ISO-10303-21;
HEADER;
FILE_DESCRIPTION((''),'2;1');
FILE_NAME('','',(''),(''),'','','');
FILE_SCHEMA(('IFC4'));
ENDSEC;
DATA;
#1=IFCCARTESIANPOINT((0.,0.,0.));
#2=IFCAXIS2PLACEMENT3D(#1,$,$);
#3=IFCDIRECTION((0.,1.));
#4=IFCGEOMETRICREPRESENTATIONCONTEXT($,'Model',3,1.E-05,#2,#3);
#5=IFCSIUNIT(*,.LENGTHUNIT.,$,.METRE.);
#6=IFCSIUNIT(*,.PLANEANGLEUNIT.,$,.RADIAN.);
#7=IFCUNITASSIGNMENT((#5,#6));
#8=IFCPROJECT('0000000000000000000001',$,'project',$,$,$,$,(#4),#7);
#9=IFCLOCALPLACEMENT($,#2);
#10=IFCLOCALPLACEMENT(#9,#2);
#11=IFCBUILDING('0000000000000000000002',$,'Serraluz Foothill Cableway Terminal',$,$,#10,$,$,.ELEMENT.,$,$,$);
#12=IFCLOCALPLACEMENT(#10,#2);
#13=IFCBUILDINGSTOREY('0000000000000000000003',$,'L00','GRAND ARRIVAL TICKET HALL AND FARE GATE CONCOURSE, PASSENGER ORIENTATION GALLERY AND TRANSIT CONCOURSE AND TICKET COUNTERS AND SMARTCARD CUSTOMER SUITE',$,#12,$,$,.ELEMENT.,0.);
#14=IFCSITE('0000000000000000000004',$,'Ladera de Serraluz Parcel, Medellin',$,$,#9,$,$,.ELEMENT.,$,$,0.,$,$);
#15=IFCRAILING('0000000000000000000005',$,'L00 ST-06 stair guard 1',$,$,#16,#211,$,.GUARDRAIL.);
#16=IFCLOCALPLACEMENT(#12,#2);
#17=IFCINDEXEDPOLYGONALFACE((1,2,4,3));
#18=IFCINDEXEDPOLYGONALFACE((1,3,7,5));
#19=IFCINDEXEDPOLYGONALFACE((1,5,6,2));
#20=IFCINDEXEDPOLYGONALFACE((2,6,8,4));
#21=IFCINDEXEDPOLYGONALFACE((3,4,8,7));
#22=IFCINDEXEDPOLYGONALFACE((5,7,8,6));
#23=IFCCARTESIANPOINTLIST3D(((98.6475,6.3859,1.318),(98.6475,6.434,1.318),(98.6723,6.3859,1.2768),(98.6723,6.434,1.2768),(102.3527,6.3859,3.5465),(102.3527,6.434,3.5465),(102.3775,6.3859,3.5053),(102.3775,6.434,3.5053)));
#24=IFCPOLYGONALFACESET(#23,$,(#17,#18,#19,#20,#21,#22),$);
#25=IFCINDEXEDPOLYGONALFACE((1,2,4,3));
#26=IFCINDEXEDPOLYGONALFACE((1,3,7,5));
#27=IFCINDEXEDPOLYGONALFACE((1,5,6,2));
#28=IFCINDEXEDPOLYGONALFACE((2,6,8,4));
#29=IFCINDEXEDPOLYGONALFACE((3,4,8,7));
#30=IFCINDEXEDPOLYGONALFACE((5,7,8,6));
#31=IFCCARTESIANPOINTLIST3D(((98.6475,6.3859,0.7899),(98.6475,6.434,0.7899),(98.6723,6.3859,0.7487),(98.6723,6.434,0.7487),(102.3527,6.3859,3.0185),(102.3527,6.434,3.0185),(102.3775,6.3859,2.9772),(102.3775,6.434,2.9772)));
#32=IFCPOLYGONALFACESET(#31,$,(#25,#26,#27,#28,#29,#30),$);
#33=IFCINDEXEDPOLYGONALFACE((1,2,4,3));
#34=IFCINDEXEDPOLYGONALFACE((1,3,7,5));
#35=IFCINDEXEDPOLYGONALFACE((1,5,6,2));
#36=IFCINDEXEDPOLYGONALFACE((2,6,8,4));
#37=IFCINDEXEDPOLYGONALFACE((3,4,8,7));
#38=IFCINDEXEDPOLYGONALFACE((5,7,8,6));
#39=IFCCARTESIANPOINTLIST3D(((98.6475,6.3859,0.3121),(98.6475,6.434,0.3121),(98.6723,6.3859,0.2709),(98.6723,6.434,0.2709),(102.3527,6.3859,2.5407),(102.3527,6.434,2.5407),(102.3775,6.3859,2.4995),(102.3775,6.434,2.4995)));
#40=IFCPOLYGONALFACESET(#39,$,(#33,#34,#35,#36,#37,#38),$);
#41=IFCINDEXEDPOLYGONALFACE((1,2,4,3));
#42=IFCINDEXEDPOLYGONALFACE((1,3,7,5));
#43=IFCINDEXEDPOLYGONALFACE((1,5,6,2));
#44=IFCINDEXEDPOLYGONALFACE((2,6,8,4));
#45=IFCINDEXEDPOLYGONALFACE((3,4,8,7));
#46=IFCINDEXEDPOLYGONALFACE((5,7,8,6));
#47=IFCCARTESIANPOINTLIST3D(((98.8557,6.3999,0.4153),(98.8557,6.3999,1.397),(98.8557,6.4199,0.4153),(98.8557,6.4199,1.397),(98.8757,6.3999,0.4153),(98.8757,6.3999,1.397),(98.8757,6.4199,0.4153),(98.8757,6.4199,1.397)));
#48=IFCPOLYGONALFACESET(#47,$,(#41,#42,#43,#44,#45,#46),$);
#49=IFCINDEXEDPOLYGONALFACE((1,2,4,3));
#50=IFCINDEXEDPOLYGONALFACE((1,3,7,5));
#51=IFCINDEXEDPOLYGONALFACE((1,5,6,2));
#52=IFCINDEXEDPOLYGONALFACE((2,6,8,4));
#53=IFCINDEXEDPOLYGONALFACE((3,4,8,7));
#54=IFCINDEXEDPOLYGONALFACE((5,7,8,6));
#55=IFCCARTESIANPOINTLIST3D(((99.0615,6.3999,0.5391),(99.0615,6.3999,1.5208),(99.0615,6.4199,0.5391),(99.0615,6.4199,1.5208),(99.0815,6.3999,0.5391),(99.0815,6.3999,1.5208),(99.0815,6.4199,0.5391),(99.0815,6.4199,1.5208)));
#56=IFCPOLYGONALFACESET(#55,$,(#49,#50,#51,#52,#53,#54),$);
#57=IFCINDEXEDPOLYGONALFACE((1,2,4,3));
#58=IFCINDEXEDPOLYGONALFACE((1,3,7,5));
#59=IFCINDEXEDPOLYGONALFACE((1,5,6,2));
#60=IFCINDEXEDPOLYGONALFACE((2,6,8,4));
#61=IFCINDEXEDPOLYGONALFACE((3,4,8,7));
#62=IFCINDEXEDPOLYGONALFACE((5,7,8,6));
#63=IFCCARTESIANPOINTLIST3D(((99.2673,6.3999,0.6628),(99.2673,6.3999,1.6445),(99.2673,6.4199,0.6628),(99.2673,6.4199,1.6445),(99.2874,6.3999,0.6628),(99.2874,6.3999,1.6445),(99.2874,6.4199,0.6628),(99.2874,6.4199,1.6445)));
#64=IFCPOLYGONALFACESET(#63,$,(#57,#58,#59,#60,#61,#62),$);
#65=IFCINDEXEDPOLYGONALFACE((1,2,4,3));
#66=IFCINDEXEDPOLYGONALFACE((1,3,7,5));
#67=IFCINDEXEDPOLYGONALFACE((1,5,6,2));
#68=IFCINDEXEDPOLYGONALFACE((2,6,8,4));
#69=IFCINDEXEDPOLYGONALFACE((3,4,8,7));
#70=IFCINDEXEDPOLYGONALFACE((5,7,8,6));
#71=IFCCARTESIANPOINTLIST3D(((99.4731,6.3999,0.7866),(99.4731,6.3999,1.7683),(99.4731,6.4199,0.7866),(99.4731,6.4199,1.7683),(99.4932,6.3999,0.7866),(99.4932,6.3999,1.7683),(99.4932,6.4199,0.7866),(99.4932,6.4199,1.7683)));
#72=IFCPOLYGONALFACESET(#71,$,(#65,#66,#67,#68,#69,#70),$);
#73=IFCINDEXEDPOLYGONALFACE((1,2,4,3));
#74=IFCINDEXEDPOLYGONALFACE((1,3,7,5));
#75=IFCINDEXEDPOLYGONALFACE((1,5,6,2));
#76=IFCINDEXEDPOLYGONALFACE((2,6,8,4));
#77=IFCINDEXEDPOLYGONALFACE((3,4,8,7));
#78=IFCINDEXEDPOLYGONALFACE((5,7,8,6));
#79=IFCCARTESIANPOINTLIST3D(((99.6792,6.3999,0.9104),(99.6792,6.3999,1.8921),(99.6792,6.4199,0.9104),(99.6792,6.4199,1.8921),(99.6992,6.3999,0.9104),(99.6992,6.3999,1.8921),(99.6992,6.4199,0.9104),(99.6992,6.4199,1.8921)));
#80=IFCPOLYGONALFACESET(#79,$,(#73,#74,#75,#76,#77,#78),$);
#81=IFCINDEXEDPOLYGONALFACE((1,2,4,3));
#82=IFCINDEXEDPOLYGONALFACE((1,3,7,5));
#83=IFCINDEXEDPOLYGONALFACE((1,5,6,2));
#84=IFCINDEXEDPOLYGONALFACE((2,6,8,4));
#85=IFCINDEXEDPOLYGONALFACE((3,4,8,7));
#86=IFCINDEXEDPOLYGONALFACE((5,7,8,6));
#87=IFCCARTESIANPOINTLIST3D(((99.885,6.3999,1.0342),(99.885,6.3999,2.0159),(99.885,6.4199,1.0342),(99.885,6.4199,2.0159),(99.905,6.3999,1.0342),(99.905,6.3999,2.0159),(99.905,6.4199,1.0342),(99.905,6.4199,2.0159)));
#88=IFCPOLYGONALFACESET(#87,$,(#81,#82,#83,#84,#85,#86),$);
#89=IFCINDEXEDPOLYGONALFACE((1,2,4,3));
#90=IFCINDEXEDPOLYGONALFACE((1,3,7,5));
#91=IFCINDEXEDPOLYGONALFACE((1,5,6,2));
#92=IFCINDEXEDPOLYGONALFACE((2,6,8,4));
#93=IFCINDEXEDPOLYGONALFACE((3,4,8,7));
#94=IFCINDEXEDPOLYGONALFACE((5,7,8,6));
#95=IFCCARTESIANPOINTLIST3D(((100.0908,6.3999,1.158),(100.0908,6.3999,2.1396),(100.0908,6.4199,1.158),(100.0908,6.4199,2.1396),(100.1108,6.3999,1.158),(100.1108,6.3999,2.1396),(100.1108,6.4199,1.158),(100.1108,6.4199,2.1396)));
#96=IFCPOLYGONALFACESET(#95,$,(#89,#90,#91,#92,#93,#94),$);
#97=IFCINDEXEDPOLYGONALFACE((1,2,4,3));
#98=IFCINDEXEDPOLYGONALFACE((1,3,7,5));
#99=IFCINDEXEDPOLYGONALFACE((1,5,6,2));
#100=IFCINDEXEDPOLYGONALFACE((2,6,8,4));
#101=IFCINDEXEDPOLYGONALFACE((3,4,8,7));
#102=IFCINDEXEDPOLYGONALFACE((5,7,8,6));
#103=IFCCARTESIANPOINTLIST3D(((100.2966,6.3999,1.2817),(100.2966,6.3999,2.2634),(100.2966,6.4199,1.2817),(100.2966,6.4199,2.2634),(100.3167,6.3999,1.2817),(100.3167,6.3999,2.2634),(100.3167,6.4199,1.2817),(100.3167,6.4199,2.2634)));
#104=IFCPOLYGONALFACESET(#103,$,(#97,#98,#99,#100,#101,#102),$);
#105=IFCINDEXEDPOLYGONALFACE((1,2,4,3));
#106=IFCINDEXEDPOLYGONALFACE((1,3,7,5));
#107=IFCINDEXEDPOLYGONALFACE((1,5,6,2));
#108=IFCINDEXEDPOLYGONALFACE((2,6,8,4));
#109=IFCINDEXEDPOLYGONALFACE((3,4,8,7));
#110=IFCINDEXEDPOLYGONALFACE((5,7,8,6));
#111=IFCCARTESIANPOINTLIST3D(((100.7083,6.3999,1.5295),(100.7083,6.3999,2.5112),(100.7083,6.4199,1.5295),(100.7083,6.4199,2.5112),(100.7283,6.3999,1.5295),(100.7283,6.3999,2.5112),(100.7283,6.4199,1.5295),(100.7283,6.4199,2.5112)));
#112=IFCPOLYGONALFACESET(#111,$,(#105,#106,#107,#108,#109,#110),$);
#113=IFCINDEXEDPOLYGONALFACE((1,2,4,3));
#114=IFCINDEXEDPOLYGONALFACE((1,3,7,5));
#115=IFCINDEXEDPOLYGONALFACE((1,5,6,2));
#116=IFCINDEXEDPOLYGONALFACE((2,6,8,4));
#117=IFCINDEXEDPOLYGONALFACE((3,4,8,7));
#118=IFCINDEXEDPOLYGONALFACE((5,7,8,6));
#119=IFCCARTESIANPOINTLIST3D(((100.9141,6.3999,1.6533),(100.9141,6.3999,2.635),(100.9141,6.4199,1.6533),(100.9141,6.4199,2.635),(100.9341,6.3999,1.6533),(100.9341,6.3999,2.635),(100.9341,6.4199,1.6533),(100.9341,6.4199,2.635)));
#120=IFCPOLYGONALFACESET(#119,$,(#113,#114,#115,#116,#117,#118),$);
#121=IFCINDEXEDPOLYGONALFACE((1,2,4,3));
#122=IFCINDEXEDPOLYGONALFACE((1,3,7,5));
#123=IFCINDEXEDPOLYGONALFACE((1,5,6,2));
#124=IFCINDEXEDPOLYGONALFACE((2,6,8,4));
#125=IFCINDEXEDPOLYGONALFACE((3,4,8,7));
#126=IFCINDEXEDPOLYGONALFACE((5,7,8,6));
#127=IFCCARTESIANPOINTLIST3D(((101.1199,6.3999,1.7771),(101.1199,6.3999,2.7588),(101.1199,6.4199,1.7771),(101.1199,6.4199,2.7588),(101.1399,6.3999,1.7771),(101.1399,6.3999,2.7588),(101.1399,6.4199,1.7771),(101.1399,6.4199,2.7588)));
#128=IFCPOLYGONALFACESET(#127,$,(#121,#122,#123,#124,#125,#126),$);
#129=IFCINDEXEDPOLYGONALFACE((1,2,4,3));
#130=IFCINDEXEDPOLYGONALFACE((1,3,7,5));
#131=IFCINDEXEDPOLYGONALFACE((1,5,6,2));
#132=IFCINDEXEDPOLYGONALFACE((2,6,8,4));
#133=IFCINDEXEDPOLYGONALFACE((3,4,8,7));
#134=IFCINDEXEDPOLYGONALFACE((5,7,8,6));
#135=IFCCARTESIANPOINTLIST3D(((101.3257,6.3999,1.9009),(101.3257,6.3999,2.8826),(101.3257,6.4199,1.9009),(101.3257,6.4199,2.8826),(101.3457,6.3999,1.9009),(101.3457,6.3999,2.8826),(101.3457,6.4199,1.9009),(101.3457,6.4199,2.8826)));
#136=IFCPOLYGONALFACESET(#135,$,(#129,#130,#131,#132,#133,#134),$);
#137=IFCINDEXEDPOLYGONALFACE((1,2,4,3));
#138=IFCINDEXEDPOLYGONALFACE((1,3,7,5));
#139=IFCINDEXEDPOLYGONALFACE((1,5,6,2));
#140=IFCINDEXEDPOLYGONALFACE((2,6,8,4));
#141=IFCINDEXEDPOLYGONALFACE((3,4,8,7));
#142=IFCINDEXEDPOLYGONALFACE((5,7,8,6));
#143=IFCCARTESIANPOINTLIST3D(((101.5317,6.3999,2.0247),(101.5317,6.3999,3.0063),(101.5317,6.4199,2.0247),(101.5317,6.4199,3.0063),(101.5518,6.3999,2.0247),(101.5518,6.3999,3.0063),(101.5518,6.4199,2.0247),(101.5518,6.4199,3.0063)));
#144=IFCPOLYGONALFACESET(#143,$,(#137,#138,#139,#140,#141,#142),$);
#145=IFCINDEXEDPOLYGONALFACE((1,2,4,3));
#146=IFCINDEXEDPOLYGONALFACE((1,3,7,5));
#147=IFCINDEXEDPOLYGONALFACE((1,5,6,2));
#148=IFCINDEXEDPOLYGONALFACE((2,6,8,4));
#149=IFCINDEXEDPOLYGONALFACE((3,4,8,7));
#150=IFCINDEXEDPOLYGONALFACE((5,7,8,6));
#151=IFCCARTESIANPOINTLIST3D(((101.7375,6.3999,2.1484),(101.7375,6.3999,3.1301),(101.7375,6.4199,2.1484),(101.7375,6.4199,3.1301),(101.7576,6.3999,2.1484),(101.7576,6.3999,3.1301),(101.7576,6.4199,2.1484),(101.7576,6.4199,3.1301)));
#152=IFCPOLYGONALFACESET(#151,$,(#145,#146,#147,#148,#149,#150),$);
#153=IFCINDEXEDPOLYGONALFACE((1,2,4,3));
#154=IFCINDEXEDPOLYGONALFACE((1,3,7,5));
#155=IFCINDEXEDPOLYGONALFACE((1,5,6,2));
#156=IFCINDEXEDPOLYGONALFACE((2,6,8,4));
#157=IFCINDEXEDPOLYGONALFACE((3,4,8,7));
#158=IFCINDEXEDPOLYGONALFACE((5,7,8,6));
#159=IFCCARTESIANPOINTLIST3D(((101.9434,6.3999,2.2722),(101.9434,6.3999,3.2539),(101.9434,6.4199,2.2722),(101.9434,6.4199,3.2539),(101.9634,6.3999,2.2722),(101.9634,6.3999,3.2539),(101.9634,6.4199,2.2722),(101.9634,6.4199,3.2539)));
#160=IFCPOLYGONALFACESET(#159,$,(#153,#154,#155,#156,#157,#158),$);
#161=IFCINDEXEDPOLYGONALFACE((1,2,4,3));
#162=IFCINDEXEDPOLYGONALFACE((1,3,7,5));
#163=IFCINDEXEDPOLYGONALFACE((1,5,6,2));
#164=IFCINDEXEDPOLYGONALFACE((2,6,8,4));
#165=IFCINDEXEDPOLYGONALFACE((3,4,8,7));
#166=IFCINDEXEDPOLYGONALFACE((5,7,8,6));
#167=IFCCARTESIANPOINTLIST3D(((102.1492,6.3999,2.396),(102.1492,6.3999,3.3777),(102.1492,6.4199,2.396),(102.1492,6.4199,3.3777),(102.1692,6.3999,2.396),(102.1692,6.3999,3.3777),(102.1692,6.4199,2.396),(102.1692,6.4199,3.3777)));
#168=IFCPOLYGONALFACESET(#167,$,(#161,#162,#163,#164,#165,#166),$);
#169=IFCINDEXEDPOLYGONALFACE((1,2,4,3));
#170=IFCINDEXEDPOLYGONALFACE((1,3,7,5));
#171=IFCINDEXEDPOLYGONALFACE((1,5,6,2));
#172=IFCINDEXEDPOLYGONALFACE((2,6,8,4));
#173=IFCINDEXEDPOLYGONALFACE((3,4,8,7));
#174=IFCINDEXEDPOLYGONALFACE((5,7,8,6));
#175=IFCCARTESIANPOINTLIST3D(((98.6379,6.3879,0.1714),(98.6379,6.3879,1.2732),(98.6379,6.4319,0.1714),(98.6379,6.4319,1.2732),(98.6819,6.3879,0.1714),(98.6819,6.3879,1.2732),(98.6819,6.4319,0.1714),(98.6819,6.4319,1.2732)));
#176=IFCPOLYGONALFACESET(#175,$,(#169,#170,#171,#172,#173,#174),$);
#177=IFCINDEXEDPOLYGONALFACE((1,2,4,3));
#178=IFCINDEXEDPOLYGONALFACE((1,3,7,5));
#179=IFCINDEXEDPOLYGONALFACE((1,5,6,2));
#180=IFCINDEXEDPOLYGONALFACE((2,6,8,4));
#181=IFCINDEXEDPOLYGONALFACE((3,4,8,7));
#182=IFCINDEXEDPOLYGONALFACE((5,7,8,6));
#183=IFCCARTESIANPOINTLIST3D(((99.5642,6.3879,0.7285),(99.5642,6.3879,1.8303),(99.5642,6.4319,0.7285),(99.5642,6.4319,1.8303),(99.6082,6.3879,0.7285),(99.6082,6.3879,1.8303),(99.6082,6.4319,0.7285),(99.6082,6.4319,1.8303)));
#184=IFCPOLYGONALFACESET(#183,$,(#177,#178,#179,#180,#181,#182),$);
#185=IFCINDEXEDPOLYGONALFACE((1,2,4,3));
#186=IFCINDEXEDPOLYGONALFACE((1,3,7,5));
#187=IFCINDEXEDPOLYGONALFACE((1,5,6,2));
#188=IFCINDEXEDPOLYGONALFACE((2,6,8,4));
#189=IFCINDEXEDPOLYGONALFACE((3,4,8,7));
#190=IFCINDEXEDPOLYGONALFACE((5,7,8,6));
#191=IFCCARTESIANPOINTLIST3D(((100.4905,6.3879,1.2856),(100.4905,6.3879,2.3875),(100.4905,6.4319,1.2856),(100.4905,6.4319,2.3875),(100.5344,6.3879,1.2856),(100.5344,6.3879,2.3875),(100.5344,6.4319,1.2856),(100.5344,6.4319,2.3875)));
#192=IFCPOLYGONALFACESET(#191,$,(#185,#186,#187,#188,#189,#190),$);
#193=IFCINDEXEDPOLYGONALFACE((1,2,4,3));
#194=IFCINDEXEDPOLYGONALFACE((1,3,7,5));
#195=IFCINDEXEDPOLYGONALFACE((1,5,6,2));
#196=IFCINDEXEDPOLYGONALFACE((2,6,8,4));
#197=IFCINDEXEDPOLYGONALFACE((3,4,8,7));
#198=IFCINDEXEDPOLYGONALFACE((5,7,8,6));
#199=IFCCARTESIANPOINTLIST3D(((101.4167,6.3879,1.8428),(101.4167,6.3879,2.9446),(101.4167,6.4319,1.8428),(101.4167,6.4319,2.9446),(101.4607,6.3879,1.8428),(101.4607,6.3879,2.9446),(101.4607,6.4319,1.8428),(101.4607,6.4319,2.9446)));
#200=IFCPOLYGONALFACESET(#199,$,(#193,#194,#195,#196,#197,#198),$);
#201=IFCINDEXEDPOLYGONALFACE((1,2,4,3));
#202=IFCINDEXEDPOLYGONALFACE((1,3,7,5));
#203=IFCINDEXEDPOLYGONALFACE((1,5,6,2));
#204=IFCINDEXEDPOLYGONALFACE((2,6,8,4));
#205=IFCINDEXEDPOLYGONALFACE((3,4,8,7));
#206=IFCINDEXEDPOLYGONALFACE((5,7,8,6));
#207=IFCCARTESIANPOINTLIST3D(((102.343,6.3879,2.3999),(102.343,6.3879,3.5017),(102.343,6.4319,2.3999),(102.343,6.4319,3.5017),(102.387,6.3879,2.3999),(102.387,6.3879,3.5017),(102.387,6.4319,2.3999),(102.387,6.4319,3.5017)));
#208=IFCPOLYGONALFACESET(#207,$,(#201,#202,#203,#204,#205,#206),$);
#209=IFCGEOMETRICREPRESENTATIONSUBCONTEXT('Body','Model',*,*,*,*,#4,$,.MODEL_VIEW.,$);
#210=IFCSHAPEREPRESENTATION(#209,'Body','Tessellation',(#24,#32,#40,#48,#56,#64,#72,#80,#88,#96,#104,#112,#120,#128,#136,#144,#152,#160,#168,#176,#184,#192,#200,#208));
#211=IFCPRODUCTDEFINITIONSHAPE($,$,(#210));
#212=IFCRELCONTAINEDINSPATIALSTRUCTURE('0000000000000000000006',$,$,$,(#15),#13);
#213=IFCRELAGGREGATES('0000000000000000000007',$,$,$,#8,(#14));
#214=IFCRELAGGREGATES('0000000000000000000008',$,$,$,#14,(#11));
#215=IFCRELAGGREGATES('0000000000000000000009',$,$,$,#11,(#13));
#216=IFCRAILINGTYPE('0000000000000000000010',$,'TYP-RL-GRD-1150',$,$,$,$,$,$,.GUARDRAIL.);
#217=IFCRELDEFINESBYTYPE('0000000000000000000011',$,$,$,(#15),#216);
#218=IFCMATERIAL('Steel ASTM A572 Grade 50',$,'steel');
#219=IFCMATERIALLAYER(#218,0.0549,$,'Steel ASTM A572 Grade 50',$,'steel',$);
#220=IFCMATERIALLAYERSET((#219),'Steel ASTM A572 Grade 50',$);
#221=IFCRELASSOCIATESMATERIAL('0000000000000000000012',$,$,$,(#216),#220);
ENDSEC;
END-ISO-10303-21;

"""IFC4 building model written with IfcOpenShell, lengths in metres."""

from ifc_helpers import new_model, si_unit, direction, frame, origin, origin_2d, place, context, subcontext, project, spatial, rectangle, extrude, material, layer, layer_set, type_object, element, save


model = new_model("IFC4")

# Units and contexts
model_context = context("Model", 3, precision=1e-05, world=origin(), true_north=direction((0.0, 1.0)))
body_context = subcontext(model_context, "Body", "Model", "MODEL_VIEW")
ifc_project = project(units=[si_unit("LENGTHUNIT", "METRE"), si_unit("PLANEANGLEUNIT", "RADIAN")], contexts=[model_context])

# Site, building, storey
site_placement = place(None, origin())
site = spatial("IfcSite", under=ifc_project, at=site_placement, Name="Ladera de Serraluz Parcel, Medellin", CompositionType="ELEMENT", RefElevation=0.0)
building_placement = place(site_placement, origin())
building = spatial("IfcBuilding", under=site, at=building_placement, Name="Serraluz Foothill Cableway Terminal", CompositionType="ELEMENT")
storey_placement = place(building_placement, origin())
storey = spatial("IfcBuildingStorey", under=building, at=storey_placement, Name="L00", Description="GRAND ARRIVAL TICKET HALL AND FARE GATE CONCOURSE, PASSENGER ORIENTATION GALLERY AND TRANSIT CONCOURSE AND TICKET COUNTERS AND SMARTCARD CUSTOMER SUITE", CompositionType="ELEMENT", Elevation=0.0)

# Railing
ifc_material_1 = material(Name="Steel ASTM A572 Grade 50", Category="steel")
ifc_layer_1 = layer(ifc_material_1, 0.0549, Name="Steel ASTM A572 Grade 50", Category="steel")
ifc_layer_set_1 = layer_set([ifc_layer_1], Name="Steel ASTM A572 Grade 50")
railing_type_1 = type_object("IfcRailingType", Name="TYP-RL-GRD-1150", PredefinedType="GUARDRAIL", material=ifc_layer_set_1)
railing_1_placement = place(storey_placement, frame((98.6599, 6.4099, 0.1714)))
element("IfcRailing", 1, at=railing_1_placement, inside=storey, type_object=railing_type_1, Name="L00 ST-06 stair guard 1", PredefinedType="GUARDRAIL", context=body_context, shape_type="SweptSolid", body=[
    extrude(rectangle(XDim=0.0481, YDim=0.0481, at=origin_2d()), frame((0.0, 0.0, 1.126), z_axis=(0.856934, 0.0, 0.515425), x_axis=(0.0, 1.0, 0.0)), (0.0, 0.0, 1.0), 4.3237),
    extrude(rectangle(XDim=0.0481, YDim=0.0481, at=origin_2d()), frame((0.0, 0.0, 0.5979), z_axis=(0.856934, 0.0, 0.515425), x_axis=(0.0, 1.0, 0.0)), (0.0, 0.0, 1.0), 4.3237),
    extrude(rectangle(XDim=0.0481, YDim=0.0481, at=origin_2d()), frame((0.0, 0.0, 0.1201), z_axis=(0.856934, 0.0, 0.515425), x_axis=(0.0, 1.0, 0.0)), (0.0, 0.0, 1.0), 4.3237),
    extrude(rectangle(XDim=0.02, YDim=0.02, at=origin_2d()), frame((0.2058, 0.0, 0.2439)), (0.0, 0.0, 1.0), 0.9817),
    extrude(rectangle(XDim=0.02, YDim=0.02, at=origin_2d()), frame((0.4116, 0.0, 0.3677)), (0.0, 0.0, 1.0), 0.9817),
    extrude(rectangle(XDim=0.02, YDim=0.02, at=origin_2d()), frame((0.6174, 0.0, 0.4915)), (0.0, 0.0, 1.0), 0.9817),
    extrude(rectangle(XDim=0.02, YDim=0.02, at=origin_2d()), frame((0.8232, 0.0, 0.6152)), (0.0, 0.0, 1.0), 0.9817),
    extrude(rectangle(XDim=0.02, YDim=0.02, at=origin_2d()), frame((1.0293, 0.0, 0.739)), (0.0, 0.0, 1.0), 0.9817),
    extrude(rectangle(XDim=0.02, YDim=0.02, at=origin_2d()), frame((1.2351, 0.0, 0.8628)), (0.0, 0.0, 1.0), 0.9817),
    extrude(rectangle(XDim=0.02, YDim=0.02, at=origin_2d()), frame((1.4409, 0.0, 0.9866)), (0.0, 0.0, 1.0), 0.9817),
    extrude(rectangle(XDim=0.02, YDim=0.02, at=origin_2d()), frame((1.6467, 0.0, 1.1104)), (0.0, 0.0, 1.0), 0.9817),
    extrude(rectangle(XDim=0.02, YDim=0.02, at=origin_2d()), frame((2.0583, 0.0, 1.3582)), (0.0, 0.0, 1.0), 0.9817),
    extrude(rectangle(XDim=0.02, YDim=0.02, at=origin_2d()), frame((2.2642, 0.0, 1.4819)), (0.0, 0.0, 1.0), 0.9817),
    extrude(rectangle(XDim=0.02, YDim=0.02, at=origin_2d()), frame((2.47, 0.0, 1.6057)), (0.0, 0.0, 1.0), 0.9817),
    extrude(rectangle(XDim=0.02, YDim=0.02, at=origin_2d()), frame((2.6758, 0.0, 1.7295)), (0.0, 0.0, 1.0), 0.9817),
    extrude(rectangle(XDim=0.02, YDim=0.02, at=origin_2d()), frame((2.8818, 0.0, 1.8533)), (0.0, 0.0, 1.0), 0.9817),
    extrude(rectangle(XDim=0.02, YDim=0.02, at=origin_2d()), frame((3.0876, 0.0, 1.9771)), (0.0, 0.0, 1.0), 0.9817),
    extrude(rectangle(XDim=0.02, YDim=0.02, at=origin_2d()), frame((3.2935, 0.0, 2.1008)), (0.0, 0.0, 1.0), 0.9817),
    extrude(rectangle(XDim=0.02, YDim=0.02, at=origin_2d()), frame((3.4993, 0.0, 2.2246)), (0.0, 0.0, 1.0), 0.9817),
    extrude(rectangle(XDim=0.0439, YDim=0.0439, at=origin_2d()), origin(), (0.0, 0.0, 1.0), 1.1018),
    extrude(rectangle(XDim=0.0439, YDim=0.0439, at=origin_2d()), frame((0.9263, 0.0, 0.5571)), (0.0, 0.0, 1.0), 1.1018),
    extrude(rectangle(XDim=0.0439, YDim=0.0439, at=origin_2d()), frame((1.8525, 0.0, 1.1143)), (0.0, 0.0, 1.0), 1.1018),
    extrude(rectangle(XDim=0.0439, YDim=0.0439, at=origin_2d()), frame((2.7788, 0.0, 1.6714)), (0.0, 0.0, 1.0), 1.1018),
    extrude(rectangle(XDim=0.0439, YDim=0.0439, at=origin_2d()), frame((3.7051, 0.0, 2.2285)), (0.0, 0.0, 1.0), 1.1018),
])

save(model, "model.ifc")
